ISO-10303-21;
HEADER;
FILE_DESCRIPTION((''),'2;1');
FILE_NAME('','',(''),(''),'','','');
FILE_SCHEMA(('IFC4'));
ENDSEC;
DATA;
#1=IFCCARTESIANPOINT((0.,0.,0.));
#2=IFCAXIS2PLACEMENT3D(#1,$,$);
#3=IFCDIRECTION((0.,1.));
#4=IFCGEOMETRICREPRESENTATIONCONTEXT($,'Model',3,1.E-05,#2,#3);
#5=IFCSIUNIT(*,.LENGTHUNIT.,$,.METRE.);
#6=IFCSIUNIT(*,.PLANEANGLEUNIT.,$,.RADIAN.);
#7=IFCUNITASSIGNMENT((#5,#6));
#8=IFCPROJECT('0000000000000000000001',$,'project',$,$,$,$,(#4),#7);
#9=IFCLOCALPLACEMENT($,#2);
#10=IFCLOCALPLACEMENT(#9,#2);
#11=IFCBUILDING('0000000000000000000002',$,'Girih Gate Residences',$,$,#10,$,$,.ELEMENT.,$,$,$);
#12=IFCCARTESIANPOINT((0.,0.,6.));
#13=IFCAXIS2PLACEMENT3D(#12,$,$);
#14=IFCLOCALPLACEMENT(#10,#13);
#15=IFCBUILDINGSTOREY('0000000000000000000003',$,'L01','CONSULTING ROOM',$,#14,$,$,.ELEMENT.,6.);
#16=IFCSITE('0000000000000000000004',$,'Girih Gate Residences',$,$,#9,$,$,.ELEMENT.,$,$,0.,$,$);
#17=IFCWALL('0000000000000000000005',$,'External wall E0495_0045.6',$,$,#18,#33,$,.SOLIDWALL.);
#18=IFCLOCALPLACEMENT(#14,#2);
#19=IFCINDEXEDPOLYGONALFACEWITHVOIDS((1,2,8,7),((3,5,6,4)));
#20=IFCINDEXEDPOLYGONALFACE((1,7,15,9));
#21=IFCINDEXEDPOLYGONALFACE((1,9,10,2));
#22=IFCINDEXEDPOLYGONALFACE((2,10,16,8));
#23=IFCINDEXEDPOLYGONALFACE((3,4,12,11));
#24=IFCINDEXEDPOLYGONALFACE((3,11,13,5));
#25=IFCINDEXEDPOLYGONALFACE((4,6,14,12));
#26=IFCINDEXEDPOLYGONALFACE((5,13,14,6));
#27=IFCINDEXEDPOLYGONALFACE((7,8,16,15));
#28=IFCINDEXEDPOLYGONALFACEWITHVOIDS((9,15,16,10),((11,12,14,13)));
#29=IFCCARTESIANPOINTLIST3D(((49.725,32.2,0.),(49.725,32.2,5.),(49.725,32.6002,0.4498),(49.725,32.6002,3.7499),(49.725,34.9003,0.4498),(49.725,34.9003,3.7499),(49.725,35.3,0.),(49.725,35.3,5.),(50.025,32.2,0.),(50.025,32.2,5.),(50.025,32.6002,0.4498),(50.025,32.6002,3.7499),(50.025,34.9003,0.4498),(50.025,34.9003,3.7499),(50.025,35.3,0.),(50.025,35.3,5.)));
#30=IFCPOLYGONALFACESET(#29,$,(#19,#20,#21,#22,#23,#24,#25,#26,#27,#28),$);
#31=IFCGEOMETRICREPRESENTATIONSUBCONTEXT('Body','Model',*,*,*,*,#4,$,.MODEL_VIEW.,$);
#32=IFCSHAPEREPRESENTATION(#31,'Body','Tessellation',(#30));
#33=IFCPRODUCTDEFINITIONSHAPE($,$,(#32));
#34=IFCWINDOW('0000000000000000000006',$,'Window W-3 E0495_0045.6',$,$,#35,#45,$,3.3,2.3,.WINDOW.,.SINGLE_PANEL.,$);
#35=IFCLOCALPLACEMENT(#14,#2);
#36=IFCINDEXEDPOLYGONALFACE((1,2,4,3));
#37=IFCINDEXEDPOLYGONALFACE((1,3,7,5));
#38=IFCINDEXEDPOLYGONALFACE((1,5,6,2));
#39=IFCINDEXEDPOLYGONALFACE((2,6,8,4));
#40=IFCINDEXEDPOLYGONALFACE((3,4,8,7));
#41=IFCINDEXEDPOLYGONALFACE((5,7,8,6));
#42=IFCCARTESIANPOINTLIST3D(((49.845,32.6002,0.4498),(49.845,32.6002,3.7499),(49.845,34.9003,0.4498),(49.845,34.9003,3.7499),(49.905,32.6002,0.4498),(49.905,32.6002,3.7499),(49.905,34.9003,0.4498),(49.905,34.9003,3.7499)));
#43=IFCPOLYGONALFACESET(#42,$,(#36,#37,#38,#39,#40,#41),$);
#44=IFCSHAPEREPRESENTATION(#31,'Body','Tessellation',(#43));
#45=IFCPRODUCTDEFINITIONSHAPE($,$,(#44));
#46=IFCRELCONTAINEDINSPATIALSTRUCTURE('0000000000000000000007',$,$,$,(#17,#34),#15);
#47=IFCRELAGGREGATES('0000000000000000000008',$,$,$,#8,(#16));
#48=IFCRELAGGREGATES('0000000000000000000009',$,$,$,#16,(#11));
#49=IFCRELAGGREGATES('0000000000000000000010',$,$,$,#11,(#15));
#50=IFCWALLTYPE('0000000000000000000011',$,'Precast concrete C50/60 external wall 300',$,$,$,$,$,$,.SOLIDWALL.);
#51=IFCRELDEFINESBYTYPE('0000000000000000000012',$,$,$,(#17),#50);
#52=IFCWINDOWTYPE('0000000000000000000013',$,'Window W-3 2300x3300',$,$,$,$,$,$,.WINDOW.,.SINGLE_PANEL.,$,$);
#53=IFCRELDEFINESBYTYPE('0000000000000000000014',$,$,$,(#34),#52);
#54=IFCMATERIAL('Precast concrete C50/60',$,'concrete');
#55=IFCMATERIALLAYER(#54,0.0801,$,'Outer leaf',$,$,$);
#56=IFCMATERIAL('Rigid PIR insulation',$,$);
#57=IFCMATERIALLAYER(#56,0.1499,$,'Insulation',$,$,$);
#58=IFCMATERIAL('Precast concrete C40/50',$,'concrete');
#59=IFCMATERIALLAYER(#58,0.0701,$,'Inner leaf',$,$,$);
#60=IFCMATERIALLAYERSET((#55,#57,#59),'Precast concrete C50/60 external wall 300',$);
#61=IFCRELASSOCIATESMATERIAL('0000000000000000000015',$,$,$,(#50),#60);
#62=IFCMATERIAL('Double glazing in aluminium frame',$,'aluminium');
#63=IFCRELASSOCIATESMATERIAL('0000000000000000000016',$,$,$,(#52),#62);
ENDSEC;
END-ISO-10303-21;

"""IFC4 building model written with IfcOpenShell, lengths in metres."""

from ifc_helpers import new_model, si_unit, direction, frame, frame_2d, origin, place, context, subcontext, project, spatial, rectangle, extrude, material, layer, layer_set, type_object, element, fill, save


model = new_model("IFC4")

# Units and contexts
model_context = context("Model", 3, precision=1e-05, world=origin(), true_north=direction((0.0, 1.0)))
body_context = subcontext(model_context, "Body", "Model", "MODEL_VIEW")
ifc_project = project(units=[si_unit("LENGTHUNIT", "METRE"), si_unit("PLANEANGLEUNIT", "RADIAN")], contexts=[model_context])

# Site, building, storey
site_placement = place(None, origin())
site = spatial("IfcSite", under=ifc_project, at=site_placement, Name="Girih Gate Residences", CompositionType="ELEMENT", RefElevation=0.0)
building_placement = place(site_placement, origin())
building = spatial("IfcBuilding", under=site, at=building_placement, Name="Girih Gate Residences", CompositionType="ELEMENT")
storey_placement = place(building_placement, frame((0.0, 0.0, 6.0)))
storey = spatial("IfcBuildingStorey", under=building, at=storey_placement, Name="L01", Description="CONSULTING ROOM", CompositionType="ELEMENT", Elevation=6.0)

# Wall, opening, window
ifc_material_1 = material(Name="Precast concrete C50/60", Category="concrete")
ifc_layer_1 = layer(ifc_material_1, 0.0801, Name="Outer leaf")
ifc_material_2 = material(Name="Rigid PIR insulation")
ifc_layer_2 = layer(ifc_material_2, 0.1499, Name="Insulation")
ifc_material_3 = material(Name="Precast concrete C40/50", Category="concrete")
ifc_layer_3 = layer(ifc_material_3, 0.0701, Name="Inner leaf")
ifc_layer_set_1 = layer_set([ifc_layer_1, ifc_layer_2, ifc_layer_3], Name="Precast concrete C50/60 external wall 300")
wall_type_1 = type_object("IfcWallType", Name="Precast concrete C50/60 external wall 300", PredefinedType="SOLIDWALL", material=ifc_layer_set_1)
ifc_material_4 = material(Name="Double glazing in aluminium frame", Category="aluminium")
window_type = type_object("IfcWindowType", Name="Window W-3 2300x3300", PartitioningType="SINGLE_PANEL", PredefinedType="WINDOW", material=ifc_material_4)
wall_1_placement = place(storey_placement, frame((49.875, 35.3, 0.0), z_axis=(0.0, 0.0, 1.0), x_axis=(0.0, -1.0, 0.0)))
wall_1 = element("IfcWall", 1, at=wall_1_placement, inside=storey, type_object=wall_type_1, Name="External wall E0495_0045.6", PredefinedType="SOLIDWALL", context=body_context, shape_type="SweptSolid", body=[
    extrude(rectangle(XDim=3.1001, YDim=0.3, at=frame_2d((1.55, 0.0))), origin(), (0.0, 0.0, 1.0), 5.0),
])
opening_1_placement = place(wall_1_placement, frame((0.3999, 0.0, 0.45)))
opening_1 = element("IfcOpeningElement", 2, at=opening_1_placement, cuts=wall_1, PredefinedType="OPENING", context=body_context, shape_type="SweptSolid", body=[
    extrude(rectangle(XDim=2.3, YDim=3.3, at=frame_2d((1.1499, 1.6499))), frame((0.0, 0.1599, 0.0), z_axis=(0.0, -1.0, 0.0), x_axis=(1.0, 0.0, 0.0)), (0.0, 0.0, 1.0), 0.3201),
])
window_1_placement = place(opening_1_placement, origin())
window_1 = element("IfcWindow", 3, at=window_1_placement, inside=storey, type_object=window_type, Name="Window W-3 E0495_0045.6", OverallHeight=3.3, OverallWidth=2.3, PartitioningType="SINGLE_PANEL", PredefinedType="WINDOW", context=body_context, shape_type="SweptSolid", body=[
    extrude(rectangle(XDim=2.3, YDim=3.3, at=frame_2d((1.1499, 1.6499))), frame((0.0, 0.03, 0.0), z_axis=(0.0, -1.0, 0.0), x_axis=(1.0, 0.0, 0.0)), (0.0, 0.0, 1.0), 0.0601),
])
fill(opening_1, window_1)

save(model, "model.ifc")
